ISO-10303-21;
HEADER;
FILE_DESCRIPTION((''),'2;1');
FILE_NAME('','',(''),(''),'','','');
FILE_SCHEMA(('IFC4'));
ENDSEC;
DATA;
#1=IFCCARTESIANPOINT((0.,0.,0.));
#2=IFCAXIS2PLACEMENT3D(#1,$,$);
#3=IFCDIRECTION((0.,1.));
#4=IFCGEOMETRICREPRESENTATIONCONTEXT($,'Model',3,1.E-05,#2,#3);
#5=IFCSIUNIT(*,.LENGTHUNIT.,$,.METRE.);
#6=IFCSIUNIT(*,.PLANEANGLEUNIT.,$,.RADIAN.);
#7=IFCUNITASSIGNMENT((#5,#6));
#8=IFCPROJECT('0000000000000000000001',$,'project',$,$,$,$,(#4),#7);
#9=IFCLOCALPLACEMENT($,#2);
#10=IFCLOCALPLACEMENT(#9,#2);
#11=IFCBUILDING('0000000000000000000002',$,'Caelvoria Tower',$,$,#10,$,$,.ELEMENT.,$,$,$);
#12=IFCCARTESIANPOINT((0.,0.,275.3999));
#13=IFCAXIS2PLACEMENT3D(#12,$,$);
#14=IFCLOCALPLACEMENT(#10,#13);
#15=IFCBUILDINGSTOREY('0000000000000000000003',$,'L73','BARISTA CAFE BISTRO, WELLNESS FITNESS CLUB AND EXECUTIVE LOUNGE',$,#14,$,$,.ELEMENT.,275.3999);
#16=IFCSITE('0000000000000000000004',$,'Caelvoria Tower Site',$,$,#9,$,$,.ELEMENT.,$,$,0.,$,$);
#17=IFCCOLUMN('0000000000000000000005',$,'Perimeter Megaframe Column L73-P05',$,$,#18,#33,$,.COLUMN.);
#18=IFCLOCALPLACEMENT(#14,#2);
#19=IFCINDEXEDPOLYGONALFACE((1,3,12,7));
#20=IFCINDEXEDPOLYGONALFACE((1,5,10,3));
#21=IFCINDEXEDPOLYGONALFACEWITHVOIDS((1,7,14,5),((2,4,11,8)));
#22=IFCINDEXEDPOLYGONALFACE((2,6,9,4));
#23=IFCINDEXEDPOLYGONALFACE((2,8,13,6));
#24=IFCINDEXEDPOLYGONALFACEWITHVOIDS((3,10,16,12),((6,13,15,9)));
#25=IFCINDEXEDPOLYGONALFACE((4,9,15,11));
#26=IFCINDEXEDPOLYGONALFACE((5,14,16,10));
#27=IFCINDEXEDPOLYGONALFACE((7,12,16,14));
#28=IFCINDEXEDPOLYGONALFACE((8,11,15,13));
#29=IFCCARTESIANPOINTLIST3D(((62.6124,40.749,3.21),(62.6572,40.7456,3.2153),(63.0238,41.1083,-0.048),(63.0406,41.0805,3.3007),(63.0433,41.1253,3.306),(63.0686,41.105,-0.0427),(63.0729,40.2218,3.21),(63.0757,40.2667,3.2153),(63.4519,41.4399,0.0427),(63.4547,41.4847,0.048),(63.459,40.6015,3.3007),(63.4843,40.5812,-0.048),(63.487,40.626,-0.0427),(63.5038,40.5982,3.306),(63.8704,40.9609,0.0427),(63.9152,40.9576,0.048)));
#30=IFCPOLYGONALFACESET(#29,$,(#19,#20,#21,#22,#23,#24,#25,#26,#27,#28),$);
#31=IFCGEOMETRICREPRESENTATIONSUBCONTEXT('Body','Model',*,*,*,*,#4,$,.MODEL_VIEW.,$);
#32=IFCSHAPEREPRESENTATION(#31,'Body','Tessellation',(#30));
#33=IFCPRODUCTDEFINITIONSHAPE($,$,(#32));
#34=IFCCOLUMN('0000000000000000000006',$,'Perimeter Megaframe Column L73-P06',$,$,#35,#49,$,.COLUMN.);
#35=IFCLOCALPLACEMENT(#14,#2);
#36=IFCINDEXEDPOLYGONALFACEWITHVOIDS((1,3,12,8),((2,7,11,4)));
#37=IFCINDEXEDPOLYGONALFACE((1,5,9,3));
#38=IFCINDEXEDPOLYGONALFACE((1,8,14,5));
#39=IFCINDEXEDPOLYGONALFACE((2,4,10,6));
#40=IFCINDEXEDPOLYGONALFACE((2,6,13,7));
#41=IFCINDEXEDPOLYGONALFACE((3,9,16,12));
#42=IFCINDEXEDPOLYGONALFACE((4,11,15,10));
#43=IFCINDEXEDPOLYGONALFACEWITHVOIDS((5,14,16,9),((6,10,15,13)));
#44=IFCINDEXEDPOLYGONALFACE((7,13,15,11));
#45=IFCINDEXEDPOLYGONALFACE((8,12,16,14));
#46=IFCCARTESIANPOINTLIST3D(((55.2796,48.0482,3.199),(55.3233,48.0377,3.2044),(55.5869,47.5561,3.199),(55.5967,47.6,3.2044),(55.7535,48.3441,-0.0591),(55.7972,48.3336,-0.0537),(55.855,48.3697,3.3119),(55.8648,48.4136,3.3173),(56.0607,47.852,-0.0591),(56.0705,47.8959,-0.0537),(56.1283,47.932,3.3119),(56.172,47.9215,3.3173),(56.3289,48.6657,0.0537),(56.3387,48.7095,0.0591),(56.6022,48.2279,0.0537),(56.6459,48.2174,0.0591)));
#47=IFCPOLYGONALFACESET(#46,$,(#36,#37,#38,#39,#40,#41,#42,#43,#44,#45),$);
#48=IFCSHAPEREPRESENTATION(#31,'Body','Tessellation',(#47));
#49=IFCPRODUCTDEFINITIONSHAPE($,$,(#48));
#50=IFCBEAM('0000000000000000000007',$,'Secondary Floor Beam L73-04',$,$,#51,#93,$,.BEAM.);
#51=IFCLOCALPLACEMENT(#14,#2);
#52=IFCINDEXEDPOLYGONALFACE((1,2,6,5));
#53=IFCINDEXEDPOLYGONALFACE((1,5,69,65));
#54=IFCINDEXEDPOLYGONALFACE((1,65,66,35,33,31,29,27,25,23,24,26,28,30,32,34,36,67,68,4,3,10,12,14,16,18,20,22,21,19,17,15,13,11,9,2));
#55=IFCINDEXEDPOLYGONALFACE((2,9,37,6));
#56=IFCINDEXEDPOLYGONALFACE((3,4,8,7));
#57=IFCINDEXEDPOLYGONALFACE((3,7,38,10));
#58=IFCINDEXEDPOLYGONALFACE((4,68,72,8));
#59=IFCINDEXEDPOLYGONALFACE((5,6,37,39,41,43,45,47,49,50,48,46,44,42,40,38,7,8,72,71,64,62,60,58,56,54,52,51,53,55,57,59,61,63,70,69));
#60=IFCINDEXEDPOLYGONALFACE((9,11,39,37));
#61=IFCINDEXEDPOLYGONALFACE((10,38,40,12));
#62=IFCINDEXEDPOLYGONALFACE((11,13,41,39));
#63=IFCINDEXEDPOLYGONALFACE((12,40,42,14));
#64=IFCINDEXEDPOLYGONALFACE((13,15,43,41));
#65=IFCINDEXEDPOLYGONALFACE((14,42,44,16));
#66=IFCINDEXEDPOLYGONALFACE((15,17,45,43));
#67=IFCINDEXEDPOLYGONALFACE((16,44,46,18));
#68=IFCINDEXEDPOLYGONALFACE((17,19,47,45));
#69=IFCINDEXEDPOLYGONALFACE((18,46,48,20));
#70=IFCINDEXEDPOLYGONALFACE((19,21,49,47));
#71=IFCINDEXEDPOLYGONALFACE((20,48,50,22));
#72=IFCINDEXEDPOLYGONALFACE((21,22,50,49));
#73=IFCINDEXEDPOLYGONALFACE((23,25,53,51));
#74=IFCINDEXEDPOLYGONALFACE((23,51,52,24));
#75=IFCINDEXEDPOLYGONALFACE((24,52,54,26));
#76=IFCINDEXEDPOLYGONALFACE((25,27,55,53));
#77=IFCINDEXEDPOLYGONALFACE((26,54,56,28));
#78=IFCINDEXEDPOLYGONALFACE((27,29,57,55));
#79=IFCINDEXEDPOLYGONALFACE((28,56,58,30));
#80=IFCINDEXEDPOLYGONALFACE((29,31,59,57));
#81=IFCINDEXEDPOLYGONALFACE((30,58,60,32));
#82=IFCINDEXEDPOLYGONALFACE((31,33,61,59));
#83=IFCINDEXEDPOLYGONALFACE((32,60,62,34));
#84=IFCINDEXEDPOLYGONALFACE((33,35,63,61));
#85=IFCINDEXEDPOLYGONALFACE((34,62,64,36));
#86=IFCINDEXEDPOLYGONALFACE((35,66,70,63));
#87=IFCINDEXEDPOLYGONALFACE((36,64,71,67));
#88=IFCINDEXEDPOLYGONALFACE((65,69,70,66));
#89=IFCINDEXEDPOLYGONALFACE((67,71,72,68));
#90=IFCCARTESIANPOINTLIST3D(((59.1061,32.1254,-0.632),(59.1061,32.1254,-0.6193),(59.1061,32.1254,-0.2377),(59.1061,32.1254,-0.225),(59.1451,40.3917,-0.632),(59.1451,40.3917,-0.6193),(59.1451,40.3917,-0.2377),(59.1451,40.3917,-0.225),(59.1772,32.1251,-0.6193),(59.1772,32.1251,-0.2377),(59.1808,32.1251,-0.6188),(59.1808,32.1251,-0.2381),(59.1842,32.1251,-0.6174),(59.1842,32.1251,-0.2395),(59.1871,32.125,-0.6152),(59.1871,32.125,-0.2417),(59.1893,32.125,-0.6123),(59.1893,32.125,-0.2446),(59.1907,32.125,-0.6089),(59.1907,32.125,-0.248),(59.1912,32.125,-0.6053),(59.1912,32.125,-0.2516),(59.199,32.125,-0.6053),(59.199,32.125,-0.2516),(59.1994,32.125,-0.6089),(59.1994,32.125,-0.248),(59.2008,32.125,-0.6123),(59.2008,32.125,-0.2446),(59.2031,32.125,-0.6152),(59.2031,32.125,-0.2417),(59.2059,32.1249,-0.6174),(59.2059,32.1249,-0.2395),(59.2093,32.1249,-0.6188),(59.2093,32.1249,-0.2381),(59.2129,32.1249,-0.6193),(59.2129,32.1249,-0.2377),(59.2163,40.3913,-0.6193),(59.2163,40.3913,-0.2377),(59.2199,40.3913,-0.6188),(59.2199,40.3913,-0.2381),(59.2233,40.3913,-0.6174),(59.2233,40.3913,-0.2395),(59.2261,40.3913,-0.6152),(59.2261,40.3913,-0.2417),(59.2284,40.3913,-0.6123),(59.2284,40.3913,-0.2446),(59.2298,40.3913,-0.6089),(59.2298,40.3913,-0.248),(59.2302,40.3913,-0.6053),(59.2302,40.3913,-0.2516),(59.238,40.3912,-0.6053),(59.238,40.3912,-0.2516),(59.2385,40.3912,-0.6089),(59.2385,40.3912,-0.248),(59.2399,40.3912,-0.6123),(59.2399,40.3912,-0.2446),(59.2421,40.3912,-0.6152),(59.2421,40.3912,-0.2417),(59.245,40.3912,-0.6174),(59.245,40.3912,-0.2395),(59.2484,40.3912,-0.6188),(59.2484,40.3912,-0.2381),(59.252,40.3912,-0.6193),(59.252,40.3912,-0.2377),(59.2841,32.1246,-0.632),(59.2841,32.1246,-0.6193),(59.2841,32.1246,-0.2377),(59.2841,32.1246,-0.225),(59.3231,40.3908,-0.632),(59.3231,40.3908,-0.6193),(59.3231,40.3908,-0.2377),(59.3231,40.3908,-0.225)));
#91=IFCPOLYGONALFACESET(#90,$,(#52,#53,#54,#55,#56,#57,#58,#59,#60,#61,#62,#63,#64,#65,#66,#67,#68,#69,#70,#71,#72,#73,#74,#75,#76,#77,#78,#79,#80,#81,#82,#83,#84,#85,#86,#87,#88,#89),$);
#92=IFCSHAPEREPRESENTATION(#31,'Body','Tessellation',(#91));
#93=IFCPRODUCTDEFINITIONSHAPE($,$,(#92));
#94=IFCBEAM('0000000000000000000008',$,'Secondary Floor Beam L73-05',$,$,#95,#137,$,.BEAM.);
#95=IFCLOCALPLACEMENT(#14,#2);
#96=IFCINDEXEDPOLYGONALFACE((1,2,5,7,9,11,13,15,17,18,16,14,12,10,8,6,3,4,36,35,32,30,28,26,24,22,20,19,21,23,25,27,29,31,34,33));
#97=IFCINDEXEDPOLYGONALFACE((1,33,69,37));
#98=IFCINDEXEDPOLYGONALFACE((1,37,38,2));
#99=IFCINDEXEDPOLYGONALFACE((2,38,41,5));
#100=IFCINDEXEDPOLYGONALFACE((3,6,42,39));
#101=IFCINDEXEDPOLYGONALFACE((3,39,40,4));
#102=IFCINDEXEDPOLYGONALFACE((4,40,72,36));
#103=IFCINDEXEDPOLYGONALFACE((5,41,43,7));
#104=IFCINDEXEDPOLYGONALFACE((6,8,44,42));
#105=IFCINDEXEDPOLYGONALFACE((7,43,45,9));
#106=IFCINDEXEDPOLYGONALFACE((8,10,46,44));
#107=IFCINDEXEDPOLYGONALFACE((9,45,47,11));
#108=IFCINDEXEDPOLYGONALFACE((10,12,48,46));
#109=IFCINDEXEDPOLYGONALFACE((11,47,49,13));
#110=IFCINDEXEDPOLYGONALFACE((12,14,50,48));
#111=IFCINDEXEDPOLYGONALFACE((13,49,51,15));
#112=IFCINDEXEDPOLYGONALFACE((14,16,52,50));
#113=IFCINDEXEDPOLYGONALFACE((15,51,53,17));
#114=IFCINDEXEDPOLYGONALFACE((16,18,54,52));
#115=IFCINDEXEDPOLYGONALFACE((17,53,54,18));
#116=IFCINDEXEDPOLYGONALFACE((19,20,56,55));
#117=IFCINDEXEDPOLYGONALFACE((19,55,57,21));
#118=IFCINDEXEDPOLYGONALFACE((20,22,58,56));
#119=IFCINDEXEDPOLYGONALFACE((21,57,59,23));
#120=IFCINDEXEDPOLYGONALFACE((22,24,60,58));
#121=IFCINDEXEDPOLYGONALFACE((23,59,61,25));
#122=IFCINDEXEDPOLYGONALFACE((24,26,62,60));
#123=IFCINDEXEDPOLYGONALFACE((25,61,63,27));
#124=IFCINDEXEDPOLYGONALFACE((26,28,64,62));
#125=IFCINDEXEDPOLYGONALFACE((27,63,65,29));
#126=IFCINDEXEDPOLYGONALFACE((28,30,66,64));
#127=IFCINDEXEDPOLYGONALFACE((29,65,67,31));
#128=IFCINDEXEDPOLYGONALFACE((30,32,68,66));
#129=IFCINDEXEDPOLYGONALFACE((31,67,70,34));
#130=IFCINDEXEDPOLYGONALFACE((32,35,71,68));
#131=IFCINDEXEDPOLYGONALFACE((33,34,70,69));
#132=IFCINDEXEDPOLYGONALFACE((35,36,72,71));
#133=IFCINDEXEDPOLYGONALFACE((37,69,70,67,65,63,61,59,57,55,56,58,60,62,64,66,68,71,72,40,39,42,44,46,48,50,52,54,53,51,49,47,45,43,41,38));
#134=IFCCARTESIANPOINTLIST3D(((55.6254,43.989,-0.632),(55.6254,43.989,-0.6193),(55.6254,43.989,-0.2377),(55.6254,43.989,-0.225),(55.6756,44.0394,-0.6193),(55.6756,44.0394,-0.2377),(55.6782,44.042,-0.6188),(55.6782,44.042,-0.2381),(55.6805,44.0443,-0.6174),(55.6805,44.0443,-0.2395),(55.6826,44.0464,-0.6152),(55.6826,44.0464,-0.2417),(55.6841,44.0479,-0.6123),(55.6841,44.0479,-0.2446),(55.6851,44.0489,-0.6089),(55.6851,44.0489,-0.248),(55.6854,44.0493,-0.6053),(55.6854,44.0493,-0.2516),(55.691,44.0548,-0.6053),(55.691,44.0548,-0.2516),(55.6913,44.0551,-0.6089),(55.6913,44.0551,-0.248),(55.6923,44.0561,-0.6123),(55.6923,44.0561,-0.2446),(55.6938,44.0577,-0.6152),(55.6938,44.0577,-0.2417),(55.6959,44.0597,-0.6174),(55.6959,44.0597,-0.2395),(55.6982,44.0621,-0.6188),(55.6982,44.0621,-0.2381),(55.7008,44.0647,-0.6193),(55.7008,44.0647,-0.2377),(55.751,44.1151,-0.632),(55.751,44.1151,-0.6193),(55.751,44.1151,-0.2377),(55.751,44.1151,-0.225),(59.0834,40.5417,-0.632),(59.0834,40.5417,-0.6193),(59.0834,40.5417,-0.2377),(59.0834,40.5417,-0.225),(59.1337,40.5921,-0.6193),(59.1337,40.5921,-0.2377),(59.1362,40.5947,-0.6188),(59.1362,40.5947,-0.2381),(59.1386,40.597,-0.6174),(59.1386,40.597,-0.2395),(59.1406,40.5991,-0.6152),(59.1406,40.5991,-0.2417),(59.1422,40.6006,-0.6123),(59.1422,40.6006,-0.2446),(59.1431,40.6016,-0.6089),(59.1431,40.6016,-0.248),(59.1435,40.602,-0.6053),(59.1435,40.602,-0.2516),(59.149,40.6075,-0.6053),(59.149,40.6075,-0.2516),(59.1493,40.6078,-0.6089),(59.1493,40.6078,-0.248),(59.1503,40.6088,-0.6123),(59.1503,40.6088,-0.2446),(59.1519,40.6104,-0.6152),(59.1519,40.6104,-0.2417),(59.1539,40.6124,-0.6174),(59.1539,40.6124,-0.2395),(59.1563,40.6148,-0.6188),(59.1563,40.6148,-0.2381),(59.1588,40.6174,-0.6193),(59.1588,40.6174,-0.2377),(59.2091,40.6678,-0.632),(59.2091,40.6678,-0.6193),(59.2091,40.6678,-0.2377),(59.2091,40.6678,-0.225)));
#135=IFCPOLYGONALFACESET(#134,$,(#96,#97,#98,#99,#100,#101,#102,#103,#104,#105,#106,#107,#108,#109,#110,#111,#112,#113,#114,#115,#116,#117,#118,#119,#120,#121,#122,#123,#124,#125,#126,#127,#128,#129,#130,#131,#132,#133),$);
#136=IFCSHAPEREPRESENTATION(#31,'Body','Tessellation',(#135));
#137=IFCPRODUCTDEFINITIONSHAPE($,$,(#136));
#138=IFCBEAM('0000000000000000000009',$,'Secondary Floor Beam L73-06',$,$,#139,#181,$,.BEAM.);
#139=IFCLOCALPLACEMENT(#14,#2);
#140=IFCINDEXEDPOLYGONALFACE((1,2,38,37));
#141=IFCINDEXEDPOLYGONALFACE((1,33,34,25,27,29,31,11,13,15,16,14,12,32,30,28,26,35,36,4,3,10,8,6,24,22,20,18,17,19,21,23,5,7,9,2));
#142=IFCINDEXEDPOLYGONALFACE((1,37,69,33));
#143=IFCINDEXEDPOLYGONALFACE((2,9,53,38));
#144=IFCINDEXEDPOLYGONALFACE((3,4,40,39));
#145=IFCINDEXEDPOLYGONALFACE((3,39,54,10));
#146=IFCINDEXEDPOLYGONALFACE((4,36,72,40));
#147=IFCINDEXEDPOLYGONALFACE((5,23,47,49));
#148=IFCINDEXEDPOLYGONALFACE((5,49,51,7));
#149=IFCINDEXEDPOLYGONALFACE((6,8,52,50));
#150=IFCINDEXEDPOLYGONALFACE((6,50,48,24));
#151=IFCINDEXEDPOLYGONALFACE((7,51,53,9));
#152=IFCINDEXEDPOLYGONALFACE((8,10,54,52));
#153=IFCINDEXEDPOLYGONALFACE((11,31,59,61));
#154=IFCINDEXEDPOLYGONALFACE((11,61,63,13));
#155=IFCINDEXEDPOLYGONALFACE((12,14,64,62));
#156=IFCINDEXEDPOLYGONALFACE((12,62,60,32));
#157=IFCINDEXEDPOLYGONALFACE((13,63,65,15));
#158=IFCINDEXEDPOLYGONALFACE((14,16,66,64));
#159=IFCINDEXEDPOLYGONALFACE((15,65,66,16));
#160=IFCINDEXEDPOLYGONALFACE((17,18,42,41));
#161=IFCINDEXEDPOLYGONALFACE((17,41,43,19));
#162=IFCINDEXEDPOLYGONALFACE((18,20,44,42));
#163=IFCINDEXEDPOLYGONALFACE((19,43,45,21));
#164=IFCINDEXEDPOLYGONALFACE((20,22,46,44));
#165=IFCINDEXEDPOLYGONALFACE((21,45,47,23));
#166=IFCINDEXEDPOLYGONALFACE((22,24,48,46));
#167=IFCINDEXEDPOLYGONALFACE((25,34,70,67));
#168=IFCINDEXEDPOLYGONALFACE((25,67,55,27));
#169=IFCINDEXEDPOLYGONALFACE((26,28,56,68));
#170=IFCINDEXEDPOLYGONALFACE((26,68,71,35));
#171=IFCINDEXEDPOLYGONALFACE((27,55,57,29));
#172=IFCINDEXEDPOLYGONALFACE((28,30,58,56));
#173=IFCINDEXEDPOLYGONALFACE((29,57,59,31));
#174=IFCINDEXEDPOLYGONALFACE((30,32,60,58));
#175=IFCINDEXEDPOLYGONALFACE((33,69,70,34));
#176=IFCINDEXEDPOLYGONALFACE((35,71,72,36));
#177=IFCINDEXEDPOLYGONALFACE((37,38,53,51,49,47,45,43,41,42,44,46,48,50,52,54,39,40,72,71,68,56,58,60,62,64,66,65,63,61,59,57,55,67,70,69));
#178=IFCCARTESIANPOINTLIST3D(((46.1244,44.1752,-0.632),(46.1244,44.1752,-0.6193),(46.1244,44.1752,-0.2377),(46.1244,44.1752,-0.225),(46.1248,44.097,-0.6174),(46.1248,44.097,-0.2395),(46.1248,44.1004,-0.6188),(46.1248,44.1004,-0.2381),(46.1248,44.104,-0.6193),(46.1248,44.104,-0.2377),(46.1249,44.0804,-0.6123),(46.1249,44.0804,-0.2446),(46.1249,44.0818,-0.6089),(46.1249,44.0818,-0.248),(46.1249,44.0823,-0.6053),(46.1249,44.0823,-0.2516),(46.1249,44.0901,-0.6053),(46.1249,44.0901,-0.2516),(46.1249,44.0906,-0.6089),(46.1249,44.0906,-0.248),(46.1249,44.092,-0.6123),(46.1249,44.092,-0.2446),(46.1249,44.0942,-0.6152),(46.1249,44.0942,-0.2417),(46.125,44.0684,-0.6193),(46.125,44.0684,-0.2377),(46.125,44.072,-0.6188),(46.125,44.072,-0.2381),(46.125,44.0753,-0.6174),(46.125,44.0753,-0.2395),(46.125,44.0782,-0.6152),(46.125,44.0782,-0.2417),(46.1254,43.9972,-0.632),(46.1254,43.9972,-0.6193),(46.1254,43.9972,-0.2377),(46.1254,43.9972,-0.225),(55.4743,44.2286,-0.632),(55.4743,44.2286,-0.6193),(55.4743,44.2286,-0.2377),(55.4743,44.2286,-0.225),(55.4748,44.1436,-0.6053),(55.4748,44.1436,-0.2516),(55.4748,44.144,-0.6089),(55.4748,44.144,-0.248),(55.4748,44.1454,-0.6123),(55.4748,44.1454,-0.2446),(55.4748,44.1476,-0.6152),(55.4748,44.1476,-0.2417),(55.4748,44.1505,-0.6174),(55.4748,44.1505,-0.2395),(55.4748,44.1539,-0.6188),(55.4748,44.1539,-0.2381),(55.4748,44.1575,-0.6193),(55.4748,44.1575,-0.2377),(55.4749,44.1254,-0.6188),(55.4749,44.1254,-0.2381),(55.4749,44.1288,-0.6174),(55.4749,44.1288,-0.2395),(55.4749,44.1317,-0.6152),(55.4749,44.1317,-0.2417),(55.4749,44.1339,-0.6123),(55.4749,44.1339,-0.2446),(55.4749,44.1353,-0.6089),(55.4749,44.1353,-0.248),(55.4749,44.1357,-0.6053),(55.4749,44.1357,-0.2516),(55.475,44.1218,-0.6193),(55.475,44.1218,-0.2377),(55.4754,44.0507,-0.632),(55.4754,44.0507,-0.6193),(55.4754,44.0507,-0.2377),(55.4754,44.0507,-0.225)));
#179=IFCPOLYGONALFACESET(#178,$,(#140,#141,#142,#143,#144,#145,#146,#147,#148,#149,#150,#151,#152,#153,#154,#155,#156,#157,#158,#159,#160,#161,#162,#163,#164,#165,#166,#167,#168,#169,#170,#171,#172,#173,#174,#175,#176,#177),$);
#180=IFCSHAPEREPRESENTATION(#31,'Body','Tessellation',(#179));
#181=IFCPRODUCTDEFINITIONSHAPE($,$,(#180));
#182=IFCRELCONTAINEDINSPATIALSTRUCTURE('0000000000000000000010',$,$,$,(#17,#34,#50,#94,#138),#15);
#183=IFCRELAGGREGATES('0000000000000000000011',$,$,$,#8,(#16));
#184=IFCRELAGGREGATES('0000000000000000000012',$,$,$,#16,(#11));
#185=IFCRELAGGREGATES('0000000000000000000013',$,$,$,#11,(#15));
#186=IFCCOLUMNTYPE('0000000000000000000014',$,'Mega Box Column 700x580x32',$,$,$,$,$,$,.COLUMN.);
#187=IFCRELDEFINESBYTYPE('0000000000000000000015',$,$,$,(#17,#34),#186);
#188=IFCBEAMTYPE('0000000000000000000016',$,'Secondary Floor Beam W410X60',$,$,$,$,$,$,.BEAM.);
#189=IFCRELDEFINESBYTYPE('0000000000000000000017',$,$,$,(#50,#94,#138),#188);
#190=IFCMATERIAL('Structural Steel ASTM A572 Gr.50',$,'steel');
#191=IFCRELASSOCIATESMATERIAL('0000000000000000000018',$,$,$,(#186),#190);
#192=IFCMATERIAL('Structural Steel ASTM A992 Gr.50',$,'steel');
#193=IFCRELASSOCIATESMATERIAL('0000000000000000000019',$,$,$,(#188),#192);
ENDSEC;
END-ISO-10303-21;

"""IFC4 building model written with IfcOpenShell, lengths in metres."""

from ifc_helpers import new_model, si_unit, direction, frame, origin, origin_2d, place, context, subcontext, project, spatial, hollow_rectangle, i_section, extrude, material, material_profile, profile_set, type_object, element, save


model = new_model("IFC4")

# Units and contexts
model_context = context("Model", 3, precision=1e-05, world=origin(), true_north=direction((0.0, 1.0)))
body_context = subcontext(model_context, "Body", "Model", "MODEL_VIEW")
ifc_project = project(units=[si_unit("LENGTHUNIT", "METRE"), si_unit("PLANEANGLEUNIT", "RADIAN")], contexts=[model_context])

# Site, building, storey
site_placement = place(None, origin())
site = spatial("IfcSite", under=ifc_project, at=site_placement, Name="Caelvoria Tower Site", CompositionType="ELEMENT", RefElevation=0.0)
building_placement = place(site_placement, origin())
building = spatial("IfcBuilding", under=site, at=building_placement, Name="Caelvoria Tower", CompositionType="ELEMENT")
storey_placement = place(building_placement, frame((0.0, 0.0, 275.3999)))
storey = spatial("IfcBuildingStorey", under=building, at=storey_placement, Name="L73", Description="BARISTA CAFE BISTRO, WELLNESS FITNESS CLUB AND EXECUTIVE LOUNGE", CompositionType="ELEMENT", Elevation=275.3999)

# Columns
ifc_material_1 = material(Name="Structural Steel ASTM A572 Gr.50", Category="steel")
ifc_material_profile_1 = material_profile(ifc_material_1, hollow_rectangle(XDim=0.5801, YDim=0.7, WallThickness=0.032, at=origin_2d()), Name="Structural Steel ASTM A572 Gr.50")
ifc_profile_set_1 = profile_set([ifc_material_profile_1], Name="BOX700X580X32 - Structural Steel ASTM A572 Gr.50")
column_type = type_object("IfcColumnType", Name="Mega Box Column 700x580x32", PredefinedType="COLUMN", material=ifc_profile_set_1)
column_1_placement = place(storey_placement, frame((63.4695, 41.033, 0.0), z_axis=(-0.124526, -0.108785, 0.986235), x_axis=(0.742736, 0.648847, 0.165351)))
element("IfcColumn", 1, at=column_1_placement, inside=storey, type_object=column_type, Name="Perimeter Megaframe Column L73-P05", PredefinedType="COLUMN", context=body_context, shape_type="SweptSolid", body=[
    extrude(hollow_rectangle(XDim=0.5801, YDim=0.7, WallThickness=0.032, at=origin_2d()), origin(), (0.0, 0.0, 1.0), 3.3035),
])
column_2_placement = place(storey_placement, frame((56.1997, 48.2808, 0.0), z_axis=(-0.143355, -0.089514, 0.985615), x_axis=(0.529645, -0.848219, 0.0)))
element("IfcColumn", 2, at=column_2_placement, inside=storey, type_object=column_type, Name="Perimeter Megaframe Column L73-P06", PredefinedType="COLUMN", context=body_context, shape_type="SweptSolid", body=[
    extrude(hollow_rectangle(XDim=0.5801, YDim=0.7, WallThickness=0.032, at=origin_2d()), origin(), (0.0, 0.0, 1.0), 3.3057),
])

# Beams
ifc_material_2 = material(Name="Structural Steel ASTM A992 Gr.50", Category="steel")
ifc_material_profile_2 = material_profile(ifc_material_2, i_section(OverallWidth=0.178, OverallDepth=0.407, WebThickness=0.0078, FlangeThickness=0.0127, FilletRadius=0.0139, at=origin_2d()), Name="Structural Steel ASTM A992 Gr.50")
ifc_profile_set_2 = profile_set([ifc_material_profile_2], Name="W410X60 - Structural Steel ASTM A992 Gr.50")
beam_type_1 = type_object("IfcBeamType", Name="Secondary Floor Beam W410X60", PredefinedType="BEAM", material=ifc_profile_set_2)
beam_1_placement = place(storey_placement, frame((59.1951, 32.125, -0.4285), z_axis=(0.004725, 0.999989, 0.0), x_axis=(-0.999989, 0.004725, 0.0)))
element("IfcBeam", 3, at=beam_1_placement, inside=storey, type_object=beam_type_1, Name="Secondary Floor Beam L73-04", PredefinedType="BEAM", context=body_context, shape_type="SweptSolid", body=[
    extrude(i_section(OverallWidth=0.178, OverallDepth=0.407, WebThickness=0.0078, FlangeThickness=0.0127, FilletRadius=0.0139, at=origin_2d()), origin(), (0.0, 0.0, 1.0), 8.2664),
])
beam_2_placement = place(storey_placement, frame((59.1462, 40.6047, -0.4285), z_axis=(-0.708206, 0.706006, 0.0), x_axis=(-0.706006, -0.708206, 0.0)))
element("IfcBeam", 4, at=beam_2_placement, inside=storey, type_object=beam_type_1, Name="Secondary Floor Beam L73-05", PredefinedType="BEAM", context=body_context, shape_type="SweptSolid", body=[
    extrude(i_section(OverallWidth=0.178, OverallDepth=0.407, WebThickness=0.0078, FlangeThickness=0.0127, FilletRadius=0.0139, at=origin_2d()), origin(), (0.0, 0.0, 1.0), 4.8828),
])
beam_3_placement = place(storey_placement, frame((55.4749, 44.1396, -0.4285), z_axis=(-0.999984, -0.005718, 0.0), x_axis=(0.005718, -0.999984, 0.0)))
element("IfcBeam", 5, at=beam_3_placement, inside=storey, type_object=beam_type_1, Name="Secondary Floor Beam L73-06", PredefinedType="BEAM", context=body_context, shape_type="SweptSolid", body=[
    extrude(i_section(OverallWidth=0.178, OverallDepth=0.407, WebThickness=0.0078, FlangeThickness=0.0127, FilletRadius=0.0139, at=origin_2d()), origin(), (0.0, 0.0, 1.0), 9.3501),
])

save(model, "model.ifc")
